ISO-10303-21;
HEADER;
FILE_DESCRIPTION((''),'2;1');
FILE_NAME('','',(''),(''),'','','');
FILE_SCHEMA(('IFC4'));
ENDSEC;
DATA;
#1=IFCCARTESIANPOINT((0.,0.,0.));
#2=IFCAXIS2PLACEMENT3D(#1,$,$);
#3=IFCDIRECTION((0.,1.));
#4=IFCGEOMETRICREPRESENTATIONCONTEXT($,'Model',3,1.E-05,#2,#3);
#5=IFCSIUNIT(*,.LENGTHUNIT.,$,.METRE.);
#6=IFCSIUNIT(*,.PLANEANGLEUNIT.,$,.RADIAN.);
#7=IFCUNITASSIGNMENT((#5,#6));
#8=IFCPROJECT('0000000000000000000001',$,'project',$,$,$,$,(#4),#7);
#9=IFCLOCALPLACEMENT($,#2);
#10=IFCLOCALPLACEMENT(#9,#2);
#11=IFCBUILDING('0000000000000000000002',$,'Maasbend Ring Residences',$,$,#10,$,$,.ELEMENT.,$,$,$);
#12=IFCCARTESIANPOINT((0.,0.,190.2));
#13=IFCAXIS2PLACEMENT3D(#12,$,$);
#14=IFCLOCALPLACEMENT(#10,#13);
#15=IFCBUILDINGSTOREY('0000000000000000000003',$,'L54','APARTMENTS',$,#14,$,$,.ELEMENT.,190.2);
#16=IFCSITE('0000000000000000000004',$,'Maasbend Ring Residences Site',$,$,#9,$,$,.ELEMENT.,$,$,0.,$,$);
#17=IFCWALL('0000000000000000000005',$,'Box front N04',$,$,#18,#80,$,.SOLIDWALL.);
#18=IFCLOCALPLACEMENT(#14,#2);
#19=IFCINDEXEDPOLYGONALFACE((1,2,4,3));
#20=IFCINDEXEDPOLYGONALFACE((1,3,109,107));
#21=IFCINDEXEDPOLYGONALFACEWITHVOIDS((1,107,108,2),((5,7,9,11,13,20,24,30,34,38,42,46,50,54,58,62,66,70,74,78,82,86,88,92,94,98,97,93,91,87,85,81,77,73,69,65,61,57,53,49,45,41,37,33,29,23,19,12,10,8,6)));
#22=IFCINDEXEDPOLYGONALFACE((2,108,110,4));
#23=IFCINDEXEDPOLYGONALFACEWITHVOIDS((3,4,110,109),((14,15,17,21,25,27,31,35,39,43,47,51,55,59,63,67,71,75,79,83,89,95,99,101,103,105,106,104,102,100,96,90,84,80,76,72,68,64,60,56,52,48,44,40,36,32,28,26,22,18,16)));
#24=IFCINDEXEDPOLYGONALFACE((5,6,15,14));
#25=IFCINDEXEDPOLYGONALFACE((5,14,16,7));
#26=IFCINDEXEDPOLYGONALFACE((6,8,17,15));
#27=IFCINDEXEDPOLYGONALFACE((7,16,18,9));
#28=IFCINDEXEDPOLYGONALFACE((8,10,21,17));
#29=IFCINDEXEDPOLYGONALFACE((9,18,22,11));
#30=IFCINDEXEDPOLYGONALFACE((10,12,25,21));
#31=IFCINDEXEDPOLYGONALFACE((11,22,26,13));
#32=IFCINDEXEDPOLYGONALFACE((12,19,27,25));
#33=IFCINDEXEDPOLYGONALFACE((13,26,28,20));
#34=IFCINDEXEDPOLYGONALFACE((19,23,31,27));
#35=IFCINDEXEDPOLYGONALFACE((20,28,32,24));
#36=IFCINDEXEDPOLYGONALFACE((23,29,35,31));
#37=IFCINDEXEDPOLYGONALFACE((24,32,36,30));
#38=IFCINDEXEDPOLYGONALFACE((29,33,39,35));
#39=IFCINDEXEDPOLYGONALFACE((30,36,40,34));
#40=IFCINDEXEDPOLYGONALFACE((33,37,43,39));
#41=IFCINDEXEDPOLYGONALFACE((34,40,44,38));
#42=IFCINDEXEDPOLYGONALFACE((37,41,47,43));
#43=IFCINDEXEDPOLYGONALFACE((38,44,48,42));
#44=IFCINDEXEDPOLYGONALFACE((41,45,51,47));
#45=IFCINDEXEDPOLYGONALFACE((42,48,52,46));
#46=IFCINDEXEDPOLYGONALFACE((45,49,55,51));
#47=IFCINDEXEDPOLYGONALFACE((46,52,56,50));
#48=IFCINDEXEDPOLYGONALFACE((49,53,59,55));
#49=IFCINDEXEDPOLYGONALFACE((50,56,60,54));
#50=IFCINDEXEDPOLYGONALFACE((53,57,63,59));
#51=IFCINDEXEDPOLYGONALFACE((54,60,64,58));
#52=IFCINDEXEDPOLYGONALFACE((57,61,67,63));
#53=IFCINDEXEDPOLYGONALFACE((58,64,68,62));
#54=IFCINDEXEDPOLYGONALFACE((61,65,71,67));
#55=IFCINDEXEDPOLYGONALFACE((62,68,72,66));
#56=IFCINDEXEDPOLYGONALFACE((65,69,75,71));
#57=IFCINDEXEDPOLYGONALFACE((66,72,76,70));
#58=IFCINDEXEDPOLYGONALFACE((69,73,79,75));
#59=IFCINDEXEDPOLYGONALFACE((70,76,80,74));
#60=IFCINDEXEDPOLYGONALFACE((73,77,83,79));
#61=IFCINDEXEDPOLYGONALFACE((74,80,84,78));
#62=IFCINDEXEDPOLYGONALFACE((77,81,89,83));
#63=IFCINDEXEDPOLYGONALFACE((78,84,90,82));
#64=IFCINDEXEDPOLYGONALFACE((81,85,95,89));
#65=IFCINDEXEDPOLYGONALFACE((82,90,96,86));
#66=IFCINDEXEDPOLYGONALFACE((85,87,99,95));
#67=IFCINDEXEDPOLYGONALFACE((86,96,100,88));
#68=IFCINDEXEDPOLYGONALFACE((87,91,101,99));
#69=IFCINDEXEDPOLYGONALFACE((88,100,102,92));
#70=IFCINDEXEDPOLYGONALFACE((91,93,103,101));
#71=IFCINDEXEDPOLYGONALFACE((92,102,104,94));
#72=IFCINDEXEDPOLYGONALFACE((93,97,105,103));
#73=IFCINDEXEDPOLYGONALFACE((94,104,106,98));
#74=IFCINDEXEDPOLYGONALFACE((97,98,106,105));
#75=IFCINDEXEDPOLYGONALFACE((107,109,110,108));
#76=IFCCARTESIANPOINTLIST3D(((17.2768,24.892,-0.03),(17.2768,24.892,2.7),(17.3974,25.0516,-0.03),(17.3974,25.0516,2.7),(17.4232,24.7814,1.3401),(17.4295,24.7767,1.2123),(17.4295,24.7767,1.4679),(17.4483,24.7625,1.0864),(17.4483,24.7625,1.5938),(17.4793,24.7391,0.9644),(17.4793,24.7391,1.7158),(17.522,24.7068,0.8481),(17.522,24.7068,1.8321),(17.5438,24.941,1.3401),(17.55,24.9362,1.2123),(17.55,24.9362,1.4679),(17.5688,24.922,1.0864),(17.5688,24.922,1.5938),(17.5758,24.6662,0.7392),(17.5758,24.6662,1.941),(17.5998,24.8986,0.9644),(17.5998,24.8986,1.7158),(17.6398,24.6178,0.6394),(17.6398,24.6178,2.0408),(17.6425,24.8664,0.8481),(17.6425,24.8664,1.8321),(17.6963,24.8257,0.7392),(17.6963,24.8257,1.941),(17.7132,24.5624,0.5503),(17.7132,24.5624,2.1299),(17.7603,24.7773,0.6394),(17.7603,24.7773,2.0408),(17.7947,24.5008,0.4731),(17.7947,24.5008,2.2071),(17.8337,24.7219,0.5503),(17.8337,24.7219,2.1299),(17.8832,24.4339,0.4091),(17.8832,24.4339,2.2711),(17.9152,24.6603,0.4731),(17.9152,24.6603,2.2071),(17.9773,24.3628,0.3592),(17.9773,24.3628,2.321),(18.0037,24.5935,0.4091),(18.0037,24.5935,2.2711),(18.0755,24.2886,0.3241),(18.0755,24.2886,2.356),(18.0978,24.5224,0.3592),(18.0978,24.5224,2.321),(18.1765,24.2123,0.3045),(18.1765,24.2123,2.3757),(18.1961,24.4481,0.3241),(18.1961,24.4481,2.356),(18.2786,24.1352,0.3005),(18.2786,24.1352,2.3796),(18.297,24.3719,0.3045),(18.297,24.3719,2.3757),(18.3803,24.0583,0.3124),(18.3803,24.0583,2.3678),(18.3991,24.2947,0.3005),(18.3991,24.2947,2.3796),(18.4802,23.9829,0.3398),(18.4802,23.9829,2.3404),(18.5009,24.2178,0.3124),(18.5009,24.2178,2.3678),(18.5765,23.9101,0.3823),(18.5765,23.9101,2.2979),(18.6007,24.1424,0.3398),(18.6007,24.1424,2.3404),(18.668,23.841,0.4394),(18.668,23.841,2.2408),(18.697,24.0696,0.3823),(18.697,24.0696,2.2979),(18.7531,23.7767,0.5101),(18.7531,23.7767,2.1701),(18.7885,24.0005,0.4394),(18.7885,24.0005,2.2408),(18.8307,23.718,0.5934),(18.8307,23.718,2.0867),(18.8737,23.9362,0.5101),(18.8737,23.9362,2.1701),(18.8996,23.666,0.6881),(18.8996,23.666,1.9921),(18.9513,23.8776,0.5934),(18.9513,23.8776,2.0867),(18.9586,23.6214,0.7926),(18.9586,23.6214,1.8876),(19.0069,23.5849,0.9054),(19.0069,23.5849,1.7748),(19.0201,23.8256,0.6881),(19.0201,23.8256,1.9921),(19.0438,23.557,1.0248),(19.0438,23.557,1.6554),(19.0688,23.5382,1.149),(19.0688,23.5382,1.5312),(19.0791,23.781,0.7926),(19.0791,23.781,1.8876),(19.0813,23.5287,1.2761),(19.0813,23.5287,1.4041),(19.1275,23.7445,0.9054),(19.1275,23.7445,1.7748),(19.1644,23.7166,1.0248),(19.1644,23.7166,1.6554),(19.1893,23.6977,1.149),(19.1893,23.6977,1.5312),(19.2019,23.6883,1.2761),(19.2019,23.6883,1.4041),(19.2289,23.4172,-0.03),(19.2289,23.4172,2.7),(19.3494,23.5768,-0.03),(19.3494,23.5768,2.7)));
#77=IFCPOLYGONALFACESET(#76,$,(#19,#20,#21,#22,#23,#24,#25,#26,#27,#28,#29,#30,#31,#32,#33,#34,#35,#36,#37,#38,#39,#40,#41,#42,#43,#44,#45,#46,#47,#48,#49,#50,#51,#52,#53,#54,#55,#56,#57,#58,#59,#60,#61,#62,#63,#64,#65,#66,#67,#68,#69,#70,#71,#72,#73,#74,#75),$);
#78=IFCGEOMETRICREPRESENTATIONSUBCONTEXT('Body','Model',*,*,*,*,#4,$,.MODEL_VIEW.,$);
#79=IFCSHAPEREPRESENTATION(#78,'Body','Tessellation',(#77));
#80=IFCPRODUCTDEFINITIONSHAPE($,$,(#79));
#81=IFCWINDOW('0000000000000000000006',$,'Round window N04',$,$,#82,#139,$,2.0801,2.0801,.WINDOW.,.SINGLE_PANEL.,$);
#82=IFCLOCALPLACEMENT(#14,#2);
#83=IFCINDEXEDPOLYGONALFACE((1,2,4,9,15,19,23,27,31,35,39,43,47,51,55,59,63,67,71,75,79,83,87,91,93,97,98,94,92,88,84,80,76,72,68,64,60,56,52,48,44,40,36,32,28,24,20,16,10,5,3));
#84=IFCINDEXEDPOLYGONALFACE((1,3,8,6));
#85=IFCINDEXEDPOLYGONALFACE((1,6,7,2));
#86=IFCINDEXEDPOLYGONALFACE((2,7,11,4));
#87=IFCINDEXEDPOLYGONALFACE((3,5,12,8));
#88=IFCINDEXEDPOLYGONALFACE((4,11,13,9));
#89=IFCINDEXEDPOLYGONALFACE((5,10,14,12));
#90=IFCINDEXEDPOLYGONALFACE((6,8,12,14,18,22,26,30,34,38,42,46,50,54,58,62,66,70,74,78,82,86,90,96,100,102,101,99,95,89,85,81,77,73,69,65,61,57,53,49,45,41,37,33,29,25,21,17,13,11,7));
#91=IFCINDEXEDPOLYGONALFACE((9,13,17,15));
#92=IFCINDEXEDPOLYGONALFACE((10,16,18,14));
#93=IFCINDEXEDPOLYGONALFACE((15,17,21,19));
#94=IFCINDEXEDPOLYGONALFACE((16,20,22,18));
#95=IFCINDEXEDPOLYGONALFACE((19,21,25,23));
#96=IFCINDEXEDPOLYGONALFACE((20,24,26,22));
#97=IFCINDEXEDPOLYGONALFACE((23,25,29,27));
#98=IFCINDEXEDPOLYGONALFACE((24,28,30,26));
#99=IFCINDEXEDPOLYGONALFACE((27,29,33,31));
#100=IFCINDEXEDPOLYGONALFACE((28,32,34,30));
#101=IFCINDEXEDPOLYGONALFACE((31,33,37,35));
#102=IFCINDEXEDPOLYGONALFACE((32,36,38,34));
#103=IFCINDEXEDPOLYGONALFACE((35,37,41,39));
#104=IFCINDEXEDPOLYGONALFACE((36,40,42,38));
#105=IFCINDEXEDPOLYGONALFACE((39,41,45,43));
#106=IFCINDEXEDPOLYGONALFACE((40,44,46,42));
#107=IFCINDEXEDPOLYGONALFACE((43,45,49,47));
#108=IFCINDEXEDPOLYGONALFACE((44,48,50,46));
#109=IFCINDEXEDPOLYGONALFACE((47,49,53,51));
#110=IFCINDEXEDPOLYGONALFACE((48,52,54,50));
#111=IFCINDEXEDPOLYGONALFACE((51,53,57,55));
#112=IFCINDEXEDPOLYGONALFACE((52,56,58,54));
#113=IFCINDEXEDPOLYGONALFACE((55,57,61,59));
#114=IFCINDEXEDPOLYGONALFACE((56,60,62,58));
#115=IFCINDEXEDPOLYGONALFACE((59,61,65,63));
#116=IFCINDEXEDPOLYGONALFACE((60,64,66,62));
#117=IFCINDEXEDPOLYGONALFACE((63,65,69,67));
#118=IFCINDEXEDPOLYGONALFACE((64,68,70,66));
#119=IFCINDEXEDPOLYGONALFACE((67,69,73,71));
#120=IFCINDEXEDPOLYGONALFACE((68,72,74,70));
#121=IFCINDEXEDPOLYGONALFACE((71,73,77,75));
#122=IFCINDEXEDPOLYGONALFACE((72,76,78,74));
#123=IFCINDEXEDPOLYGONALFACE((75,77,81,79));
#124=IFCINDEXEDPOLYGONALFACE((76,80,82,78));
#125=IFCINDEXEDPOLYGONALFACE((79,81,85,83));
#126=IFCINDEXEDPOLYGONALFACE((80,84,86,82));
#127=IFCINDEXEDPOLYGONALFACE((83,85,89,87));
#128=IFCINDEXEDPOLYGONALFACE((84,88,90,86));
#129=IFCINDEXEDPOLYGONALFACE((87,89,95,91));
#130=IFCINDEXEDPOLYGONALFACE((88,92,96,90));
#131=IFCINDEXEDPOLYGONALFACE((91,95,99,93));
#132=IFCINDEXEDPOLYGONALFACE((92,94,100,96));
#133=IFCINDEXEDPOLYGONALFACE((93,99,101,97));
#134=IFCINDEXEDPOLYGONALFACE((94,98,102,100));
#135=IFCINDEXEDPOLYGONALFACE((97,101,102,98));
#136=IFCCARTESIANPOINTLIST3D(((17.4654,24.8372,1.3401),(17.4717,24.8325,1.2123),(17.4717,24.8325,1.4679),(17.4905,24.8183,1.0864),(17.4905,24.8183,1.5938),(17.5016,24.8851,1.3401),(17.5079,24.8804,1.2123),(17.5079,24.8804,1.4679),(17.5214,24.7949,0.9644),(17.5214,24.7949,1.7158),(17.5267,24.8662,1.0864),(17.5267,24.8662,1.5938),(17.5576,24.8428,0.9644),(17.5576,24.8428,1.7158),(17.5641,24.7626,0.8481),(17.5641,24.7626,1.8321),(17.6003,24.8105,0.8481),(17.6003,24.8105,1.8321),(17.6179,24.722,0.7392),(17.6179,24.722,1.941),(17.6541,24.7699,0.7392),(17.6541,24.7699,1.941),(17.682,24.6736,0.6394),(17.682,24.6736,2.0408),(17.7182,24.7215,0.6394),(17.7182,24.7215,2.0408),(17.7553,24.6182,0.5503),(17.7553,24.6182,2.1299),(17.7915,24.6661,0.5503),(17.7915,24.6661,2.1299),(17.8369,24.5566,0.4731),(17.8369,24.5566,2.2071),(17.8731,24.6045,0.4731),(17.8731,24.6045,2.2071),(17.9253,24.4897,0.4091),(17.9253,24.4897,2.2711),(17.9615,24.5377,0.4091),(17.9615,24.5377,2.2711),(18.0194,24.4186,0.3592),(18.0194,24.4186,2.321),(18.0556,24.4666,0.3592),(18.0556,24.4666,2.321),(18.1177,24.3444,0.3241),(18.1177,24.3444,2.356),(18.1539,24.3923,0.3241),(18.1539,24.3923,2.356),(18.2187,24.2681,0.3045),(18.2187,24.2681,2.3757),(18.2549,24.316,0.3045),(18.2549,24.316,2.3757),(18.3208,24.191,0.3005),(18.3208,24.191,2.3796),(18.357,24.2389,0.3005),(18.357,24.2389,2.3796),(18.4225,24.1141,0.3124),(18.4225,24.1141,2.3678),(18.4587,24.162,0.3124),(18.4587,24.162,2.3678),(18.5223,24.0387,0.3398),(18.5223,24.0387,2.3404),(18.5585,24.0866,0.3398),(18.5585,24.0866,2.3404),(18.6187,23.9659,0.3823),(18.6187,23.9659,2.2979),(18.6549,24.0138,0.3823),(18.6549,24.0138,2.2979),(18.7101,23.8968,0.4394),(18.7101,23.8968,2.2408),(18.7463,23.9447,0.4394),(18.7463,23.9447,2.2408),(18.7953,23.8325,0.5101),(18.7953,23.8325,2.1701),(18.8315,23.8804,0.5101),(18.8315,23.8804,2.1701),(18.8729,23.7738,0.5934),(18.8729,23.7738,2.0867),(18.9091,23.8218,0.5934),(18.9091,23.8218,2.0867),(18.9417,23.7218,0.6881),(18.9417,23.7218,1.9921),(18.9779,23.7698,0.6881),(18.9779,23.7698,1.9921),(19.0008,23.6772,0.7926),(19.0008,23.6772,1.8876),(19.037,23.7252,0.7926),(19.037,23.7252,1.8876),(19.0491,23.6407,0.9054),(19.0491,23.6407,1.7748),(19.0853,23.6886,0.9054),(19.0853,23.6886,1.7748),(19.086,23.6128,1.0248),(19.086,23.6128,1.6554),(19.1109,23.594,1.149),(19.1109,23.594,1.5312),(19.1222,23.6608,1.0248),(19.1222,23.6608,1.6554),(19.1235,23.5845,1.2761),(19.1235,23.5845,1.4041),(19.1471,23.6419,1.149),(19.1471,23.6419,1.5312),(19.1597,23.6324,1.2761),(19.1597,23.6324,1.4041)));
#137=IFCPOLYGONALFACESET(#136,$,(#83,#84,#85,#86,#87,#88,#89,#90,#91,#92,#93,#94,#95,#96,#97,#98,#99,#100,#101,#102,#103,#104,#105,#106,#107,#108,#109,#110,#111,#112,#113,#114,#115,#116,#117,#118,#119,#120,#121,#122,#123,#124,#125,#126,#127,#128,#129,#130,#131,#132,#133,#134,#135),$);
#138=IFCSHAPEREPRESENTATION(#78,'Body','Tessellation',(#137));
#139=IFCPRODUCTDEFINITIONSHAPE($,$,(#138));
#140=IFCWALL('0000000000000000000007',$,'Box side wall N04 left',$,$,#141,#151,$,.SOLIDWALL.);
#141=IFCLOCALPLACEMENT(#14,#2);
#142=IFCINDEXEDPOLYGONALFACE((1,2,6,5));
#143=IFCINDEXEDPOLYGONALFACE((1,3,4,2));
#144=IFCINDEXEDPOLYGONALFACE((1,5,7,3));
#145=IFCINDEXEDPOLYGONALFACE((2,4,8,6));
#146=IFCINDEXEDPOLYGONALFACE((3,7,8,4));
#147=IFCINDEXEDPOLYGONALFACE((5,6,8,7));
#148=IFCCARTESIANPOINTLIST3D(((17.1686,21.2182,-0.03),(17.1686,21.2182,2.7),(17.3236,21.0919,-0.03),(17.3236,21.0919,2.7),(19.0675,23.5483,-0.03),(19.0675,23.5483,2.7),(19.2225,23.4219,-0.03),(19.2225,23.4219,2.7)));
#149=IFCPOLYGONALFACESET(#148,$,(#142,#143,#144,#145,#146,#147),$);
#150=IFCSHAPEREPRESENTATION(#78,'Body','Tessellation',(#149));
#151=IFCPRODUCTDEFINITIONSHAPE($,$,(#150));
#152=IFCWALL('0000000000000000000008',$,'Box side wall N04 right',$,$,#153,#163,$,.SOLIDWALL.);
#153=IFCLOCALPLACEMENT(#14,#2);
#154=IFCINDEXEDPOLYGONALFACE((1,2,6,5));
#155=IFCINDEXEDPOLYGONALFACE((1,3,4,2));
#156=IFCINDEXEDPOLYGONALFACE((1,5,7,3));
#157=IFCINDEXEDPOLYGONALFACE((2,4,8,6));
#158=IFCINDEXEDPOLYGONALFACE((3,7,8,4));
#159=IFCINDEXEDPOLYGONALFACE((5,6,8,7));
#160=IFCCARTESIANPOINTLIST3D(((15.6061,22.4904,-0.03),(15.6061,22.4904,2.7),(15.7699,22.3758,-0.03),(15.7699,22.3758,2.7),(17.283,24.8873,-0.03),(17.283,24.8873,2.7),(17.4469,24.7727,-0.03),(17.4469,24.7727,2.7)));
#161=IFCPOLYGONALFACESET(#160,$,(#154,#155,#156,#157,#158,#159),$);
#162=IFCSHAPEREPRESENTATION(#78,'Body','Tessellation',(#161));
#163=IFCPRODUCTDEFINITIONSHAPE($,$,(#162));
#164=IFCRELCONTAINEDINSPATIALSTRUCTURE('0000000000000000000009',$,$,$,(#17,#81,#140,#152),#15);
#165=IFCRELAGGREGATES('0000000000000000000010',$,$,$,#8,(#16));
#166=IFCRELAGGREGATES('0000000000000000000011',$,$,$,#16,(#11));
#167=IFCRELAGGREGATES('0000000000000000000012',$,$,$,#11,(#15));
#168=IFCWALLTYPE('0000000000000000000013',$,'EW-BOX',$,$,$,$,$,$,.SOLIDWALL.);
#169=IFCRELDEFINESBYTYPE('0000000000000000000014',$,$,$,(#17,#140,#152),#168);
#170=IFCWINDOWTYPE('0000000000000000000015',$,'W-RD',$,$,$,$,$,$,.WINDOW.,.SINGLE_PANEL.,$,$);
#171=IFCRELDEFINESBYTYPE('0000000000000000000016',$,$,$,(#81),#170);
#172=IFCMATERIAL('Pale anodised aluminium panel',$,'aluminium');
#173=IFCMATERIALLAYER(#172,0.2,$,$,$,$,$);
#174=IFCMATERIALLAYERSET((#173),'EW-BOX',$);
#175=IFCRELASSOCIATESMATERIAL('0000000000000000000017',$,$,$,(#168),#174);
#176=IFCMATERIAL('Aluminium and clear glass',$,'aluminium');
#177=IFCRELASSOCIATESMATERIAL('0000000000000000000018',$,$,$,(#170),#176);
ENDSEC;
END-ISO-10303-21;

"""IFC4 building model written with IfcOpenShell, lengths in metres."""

from ifc_helpers import new_model, si_unit, direction, frame, frame_2d, origin, place, context, subcontext, project, spatial, rectangle, circle, extrude, material, layer, layer_set, type_object, element, fill, save


model = new_model("IFC4")

# Units and contexts
model_context = context("Model", 3, precision=1e-05, world=origin(), true_north=direction((0.0, 1.0)))
body_context = subcontext(model_context, "Body", "Model", "MODEL_VIEW")
ifc_project = project(units=[si_unit("LENGTHUNIT", "METRE"), si_unit("PLANEANGLEUNIT", "RADIAN")], contexts=[model_context])

# Site, building, storey
site_placement = place(None, origin())
site = spatial("IfcSite", under=ifc_project, at=site_placement, Name="Maasbend Ring Residences Site", CompositionType="ELEMENT", RefElevation=0.0)
building_placement = place(site_placement, origin())
building = spatial("IfcBuilding", under=site, at=building_placement, Name="Maasbend Ring Residences", CompositionType="ELEMENT")
storey_placement = place(building_placement, frame((0.0, 0.0, 190.2)))
storey = spatial("IfcBuildingStorey", under=building, at=storey_placement, Name="L54", Description="APARTMENTS", CompositionType="ELEMENT", Elevation=190.2)

# Shared definitions
ifc_material_1 = material(Name="Pale anodised aluminium panel", Category="aluminium")
ifc_layer_1 = layer(ifc_material_1, 0.2)
ifc_layer_set_1 = layer_set([ifc_layer_1], Name="EW-BOX")
wall_type_1 = type_object("IfcWallType", Name="EW-BOX", PredefinedType="SOLIDWALL", material=ifc_layer_set_1)
ifc_material_2 = material(Name="Aluminium and clear glass", Category="aluminium")
window_type_1 = type_object("IfcWindowType", Name="W-RD", PartitioningType="SINGLE_PANEL", PredefinedType="WINDOW", material=ifc_material_2)

# Wall, opening, window
wall_1_placement = place(storey_placement, frame((19.2891, 23.4971, -0.03), z_axis=(0.0, 0.0, 1.0), x_axis=(-0.797888, 0.602806, 0.0)))
wall_1 = element("IfcWall", 1, at=wall_1_placement, inside=storey, type_object=wall_type_1, Name="Box front N04", PredefinedType="SOLIDWALL", context=body_context, shape_type="SweptSolid", body=[
    extrude(rectangle(XDim=2.4465, YDim=0.2, at=frame_2d((1.2231, 0.0))), origin(), (0.0, 0.0, 1.0), 2.73),
])
opening_1_placement = place(wall_1_placement, frame((0.1829, 0.0, 0.3301)))
opening_1 = element("IfcOpeningElement", 2, at=opening_1_placement, cuts=wall_1, PredefinedType="OPENING", context=body_context, shape_type="SweptSolid", body=[
    extrude(circle(Radius=1.04, at=frame_2d((1.04, 1.04))), frame((0.0, 0.1099, 0.0), z_axis=(0.0, -1.0, 0.0), x_axis=(1.0, 0.0, 0.0)), (0.0, 0.0, 1.0), 0.22),
])
window_1_placement = place(opening_1_placement, origin())
window_1 = element("IfcWindow", 3, at=window_1_placement, inside=storey, type_object=window_type_1, Name="Round window N04", OverallHeight=2.0801, OverallWidth=2.0801, PartitioningType="SINGLE_PANEL", PredefinedType="WINDOW", context=body_context, shape_type="SweptSolid", body=[
    extrude(circle(Radius=1.04, at=frame_2d((1.04, 1.04))), frame((0.0, 0.03, 0.0), z_axis=(0.0, -1.0, 0.0), x_axis=(1.0, 0.0, 0.0)), (0.0, 0.0, 1.0), 0.0601),
])
fill(opening_1, window_1)

# Walls
wall_2_placement = place(storey_placement, frame((17.2461, 21.155, -0.03), z_axis=(0.0, 0.0, 1.0), x_axis=(0.631742, 0.775179, 0.0)))
element("IfcWall", 4, at=wall_2_placement, inside=storey, type_object=wall_type_1, Name="Box side wall N04 left", PredefinedType="SOLIDWALL", context=body_context, shape_type="SweptSolid", body=[
    extrude(rectangle(XDim=3.0059, YDim=0.2, at=frame_2d((1.5029, 0.0))), origin(), (0.0, 0.0, 1.0), 2.73),
])
wall_3_placement = place(storey_placement, frame((15.688, 22.4331, -0.03), z_axis=(0.0, 0.0, 1.0), x_axis=(0.573261, 0.819373, 0.0)))
element("IfcWall", 5, at=wall_3_placement, inside=storey, type_object=wall_type_1, Name="Box side wall N04 right", PredefinedType="SOLIDWALL", context=body_context, shape_type="SweptSolid", body=[
    extrude(rectangle(XDim=2.9253, YDim=0.2, at=frame_2d((1.4626, 0.0))), origin(), (0.0, 0.0, 1.0), 2.73),
])

save(model, "model.ifc")
